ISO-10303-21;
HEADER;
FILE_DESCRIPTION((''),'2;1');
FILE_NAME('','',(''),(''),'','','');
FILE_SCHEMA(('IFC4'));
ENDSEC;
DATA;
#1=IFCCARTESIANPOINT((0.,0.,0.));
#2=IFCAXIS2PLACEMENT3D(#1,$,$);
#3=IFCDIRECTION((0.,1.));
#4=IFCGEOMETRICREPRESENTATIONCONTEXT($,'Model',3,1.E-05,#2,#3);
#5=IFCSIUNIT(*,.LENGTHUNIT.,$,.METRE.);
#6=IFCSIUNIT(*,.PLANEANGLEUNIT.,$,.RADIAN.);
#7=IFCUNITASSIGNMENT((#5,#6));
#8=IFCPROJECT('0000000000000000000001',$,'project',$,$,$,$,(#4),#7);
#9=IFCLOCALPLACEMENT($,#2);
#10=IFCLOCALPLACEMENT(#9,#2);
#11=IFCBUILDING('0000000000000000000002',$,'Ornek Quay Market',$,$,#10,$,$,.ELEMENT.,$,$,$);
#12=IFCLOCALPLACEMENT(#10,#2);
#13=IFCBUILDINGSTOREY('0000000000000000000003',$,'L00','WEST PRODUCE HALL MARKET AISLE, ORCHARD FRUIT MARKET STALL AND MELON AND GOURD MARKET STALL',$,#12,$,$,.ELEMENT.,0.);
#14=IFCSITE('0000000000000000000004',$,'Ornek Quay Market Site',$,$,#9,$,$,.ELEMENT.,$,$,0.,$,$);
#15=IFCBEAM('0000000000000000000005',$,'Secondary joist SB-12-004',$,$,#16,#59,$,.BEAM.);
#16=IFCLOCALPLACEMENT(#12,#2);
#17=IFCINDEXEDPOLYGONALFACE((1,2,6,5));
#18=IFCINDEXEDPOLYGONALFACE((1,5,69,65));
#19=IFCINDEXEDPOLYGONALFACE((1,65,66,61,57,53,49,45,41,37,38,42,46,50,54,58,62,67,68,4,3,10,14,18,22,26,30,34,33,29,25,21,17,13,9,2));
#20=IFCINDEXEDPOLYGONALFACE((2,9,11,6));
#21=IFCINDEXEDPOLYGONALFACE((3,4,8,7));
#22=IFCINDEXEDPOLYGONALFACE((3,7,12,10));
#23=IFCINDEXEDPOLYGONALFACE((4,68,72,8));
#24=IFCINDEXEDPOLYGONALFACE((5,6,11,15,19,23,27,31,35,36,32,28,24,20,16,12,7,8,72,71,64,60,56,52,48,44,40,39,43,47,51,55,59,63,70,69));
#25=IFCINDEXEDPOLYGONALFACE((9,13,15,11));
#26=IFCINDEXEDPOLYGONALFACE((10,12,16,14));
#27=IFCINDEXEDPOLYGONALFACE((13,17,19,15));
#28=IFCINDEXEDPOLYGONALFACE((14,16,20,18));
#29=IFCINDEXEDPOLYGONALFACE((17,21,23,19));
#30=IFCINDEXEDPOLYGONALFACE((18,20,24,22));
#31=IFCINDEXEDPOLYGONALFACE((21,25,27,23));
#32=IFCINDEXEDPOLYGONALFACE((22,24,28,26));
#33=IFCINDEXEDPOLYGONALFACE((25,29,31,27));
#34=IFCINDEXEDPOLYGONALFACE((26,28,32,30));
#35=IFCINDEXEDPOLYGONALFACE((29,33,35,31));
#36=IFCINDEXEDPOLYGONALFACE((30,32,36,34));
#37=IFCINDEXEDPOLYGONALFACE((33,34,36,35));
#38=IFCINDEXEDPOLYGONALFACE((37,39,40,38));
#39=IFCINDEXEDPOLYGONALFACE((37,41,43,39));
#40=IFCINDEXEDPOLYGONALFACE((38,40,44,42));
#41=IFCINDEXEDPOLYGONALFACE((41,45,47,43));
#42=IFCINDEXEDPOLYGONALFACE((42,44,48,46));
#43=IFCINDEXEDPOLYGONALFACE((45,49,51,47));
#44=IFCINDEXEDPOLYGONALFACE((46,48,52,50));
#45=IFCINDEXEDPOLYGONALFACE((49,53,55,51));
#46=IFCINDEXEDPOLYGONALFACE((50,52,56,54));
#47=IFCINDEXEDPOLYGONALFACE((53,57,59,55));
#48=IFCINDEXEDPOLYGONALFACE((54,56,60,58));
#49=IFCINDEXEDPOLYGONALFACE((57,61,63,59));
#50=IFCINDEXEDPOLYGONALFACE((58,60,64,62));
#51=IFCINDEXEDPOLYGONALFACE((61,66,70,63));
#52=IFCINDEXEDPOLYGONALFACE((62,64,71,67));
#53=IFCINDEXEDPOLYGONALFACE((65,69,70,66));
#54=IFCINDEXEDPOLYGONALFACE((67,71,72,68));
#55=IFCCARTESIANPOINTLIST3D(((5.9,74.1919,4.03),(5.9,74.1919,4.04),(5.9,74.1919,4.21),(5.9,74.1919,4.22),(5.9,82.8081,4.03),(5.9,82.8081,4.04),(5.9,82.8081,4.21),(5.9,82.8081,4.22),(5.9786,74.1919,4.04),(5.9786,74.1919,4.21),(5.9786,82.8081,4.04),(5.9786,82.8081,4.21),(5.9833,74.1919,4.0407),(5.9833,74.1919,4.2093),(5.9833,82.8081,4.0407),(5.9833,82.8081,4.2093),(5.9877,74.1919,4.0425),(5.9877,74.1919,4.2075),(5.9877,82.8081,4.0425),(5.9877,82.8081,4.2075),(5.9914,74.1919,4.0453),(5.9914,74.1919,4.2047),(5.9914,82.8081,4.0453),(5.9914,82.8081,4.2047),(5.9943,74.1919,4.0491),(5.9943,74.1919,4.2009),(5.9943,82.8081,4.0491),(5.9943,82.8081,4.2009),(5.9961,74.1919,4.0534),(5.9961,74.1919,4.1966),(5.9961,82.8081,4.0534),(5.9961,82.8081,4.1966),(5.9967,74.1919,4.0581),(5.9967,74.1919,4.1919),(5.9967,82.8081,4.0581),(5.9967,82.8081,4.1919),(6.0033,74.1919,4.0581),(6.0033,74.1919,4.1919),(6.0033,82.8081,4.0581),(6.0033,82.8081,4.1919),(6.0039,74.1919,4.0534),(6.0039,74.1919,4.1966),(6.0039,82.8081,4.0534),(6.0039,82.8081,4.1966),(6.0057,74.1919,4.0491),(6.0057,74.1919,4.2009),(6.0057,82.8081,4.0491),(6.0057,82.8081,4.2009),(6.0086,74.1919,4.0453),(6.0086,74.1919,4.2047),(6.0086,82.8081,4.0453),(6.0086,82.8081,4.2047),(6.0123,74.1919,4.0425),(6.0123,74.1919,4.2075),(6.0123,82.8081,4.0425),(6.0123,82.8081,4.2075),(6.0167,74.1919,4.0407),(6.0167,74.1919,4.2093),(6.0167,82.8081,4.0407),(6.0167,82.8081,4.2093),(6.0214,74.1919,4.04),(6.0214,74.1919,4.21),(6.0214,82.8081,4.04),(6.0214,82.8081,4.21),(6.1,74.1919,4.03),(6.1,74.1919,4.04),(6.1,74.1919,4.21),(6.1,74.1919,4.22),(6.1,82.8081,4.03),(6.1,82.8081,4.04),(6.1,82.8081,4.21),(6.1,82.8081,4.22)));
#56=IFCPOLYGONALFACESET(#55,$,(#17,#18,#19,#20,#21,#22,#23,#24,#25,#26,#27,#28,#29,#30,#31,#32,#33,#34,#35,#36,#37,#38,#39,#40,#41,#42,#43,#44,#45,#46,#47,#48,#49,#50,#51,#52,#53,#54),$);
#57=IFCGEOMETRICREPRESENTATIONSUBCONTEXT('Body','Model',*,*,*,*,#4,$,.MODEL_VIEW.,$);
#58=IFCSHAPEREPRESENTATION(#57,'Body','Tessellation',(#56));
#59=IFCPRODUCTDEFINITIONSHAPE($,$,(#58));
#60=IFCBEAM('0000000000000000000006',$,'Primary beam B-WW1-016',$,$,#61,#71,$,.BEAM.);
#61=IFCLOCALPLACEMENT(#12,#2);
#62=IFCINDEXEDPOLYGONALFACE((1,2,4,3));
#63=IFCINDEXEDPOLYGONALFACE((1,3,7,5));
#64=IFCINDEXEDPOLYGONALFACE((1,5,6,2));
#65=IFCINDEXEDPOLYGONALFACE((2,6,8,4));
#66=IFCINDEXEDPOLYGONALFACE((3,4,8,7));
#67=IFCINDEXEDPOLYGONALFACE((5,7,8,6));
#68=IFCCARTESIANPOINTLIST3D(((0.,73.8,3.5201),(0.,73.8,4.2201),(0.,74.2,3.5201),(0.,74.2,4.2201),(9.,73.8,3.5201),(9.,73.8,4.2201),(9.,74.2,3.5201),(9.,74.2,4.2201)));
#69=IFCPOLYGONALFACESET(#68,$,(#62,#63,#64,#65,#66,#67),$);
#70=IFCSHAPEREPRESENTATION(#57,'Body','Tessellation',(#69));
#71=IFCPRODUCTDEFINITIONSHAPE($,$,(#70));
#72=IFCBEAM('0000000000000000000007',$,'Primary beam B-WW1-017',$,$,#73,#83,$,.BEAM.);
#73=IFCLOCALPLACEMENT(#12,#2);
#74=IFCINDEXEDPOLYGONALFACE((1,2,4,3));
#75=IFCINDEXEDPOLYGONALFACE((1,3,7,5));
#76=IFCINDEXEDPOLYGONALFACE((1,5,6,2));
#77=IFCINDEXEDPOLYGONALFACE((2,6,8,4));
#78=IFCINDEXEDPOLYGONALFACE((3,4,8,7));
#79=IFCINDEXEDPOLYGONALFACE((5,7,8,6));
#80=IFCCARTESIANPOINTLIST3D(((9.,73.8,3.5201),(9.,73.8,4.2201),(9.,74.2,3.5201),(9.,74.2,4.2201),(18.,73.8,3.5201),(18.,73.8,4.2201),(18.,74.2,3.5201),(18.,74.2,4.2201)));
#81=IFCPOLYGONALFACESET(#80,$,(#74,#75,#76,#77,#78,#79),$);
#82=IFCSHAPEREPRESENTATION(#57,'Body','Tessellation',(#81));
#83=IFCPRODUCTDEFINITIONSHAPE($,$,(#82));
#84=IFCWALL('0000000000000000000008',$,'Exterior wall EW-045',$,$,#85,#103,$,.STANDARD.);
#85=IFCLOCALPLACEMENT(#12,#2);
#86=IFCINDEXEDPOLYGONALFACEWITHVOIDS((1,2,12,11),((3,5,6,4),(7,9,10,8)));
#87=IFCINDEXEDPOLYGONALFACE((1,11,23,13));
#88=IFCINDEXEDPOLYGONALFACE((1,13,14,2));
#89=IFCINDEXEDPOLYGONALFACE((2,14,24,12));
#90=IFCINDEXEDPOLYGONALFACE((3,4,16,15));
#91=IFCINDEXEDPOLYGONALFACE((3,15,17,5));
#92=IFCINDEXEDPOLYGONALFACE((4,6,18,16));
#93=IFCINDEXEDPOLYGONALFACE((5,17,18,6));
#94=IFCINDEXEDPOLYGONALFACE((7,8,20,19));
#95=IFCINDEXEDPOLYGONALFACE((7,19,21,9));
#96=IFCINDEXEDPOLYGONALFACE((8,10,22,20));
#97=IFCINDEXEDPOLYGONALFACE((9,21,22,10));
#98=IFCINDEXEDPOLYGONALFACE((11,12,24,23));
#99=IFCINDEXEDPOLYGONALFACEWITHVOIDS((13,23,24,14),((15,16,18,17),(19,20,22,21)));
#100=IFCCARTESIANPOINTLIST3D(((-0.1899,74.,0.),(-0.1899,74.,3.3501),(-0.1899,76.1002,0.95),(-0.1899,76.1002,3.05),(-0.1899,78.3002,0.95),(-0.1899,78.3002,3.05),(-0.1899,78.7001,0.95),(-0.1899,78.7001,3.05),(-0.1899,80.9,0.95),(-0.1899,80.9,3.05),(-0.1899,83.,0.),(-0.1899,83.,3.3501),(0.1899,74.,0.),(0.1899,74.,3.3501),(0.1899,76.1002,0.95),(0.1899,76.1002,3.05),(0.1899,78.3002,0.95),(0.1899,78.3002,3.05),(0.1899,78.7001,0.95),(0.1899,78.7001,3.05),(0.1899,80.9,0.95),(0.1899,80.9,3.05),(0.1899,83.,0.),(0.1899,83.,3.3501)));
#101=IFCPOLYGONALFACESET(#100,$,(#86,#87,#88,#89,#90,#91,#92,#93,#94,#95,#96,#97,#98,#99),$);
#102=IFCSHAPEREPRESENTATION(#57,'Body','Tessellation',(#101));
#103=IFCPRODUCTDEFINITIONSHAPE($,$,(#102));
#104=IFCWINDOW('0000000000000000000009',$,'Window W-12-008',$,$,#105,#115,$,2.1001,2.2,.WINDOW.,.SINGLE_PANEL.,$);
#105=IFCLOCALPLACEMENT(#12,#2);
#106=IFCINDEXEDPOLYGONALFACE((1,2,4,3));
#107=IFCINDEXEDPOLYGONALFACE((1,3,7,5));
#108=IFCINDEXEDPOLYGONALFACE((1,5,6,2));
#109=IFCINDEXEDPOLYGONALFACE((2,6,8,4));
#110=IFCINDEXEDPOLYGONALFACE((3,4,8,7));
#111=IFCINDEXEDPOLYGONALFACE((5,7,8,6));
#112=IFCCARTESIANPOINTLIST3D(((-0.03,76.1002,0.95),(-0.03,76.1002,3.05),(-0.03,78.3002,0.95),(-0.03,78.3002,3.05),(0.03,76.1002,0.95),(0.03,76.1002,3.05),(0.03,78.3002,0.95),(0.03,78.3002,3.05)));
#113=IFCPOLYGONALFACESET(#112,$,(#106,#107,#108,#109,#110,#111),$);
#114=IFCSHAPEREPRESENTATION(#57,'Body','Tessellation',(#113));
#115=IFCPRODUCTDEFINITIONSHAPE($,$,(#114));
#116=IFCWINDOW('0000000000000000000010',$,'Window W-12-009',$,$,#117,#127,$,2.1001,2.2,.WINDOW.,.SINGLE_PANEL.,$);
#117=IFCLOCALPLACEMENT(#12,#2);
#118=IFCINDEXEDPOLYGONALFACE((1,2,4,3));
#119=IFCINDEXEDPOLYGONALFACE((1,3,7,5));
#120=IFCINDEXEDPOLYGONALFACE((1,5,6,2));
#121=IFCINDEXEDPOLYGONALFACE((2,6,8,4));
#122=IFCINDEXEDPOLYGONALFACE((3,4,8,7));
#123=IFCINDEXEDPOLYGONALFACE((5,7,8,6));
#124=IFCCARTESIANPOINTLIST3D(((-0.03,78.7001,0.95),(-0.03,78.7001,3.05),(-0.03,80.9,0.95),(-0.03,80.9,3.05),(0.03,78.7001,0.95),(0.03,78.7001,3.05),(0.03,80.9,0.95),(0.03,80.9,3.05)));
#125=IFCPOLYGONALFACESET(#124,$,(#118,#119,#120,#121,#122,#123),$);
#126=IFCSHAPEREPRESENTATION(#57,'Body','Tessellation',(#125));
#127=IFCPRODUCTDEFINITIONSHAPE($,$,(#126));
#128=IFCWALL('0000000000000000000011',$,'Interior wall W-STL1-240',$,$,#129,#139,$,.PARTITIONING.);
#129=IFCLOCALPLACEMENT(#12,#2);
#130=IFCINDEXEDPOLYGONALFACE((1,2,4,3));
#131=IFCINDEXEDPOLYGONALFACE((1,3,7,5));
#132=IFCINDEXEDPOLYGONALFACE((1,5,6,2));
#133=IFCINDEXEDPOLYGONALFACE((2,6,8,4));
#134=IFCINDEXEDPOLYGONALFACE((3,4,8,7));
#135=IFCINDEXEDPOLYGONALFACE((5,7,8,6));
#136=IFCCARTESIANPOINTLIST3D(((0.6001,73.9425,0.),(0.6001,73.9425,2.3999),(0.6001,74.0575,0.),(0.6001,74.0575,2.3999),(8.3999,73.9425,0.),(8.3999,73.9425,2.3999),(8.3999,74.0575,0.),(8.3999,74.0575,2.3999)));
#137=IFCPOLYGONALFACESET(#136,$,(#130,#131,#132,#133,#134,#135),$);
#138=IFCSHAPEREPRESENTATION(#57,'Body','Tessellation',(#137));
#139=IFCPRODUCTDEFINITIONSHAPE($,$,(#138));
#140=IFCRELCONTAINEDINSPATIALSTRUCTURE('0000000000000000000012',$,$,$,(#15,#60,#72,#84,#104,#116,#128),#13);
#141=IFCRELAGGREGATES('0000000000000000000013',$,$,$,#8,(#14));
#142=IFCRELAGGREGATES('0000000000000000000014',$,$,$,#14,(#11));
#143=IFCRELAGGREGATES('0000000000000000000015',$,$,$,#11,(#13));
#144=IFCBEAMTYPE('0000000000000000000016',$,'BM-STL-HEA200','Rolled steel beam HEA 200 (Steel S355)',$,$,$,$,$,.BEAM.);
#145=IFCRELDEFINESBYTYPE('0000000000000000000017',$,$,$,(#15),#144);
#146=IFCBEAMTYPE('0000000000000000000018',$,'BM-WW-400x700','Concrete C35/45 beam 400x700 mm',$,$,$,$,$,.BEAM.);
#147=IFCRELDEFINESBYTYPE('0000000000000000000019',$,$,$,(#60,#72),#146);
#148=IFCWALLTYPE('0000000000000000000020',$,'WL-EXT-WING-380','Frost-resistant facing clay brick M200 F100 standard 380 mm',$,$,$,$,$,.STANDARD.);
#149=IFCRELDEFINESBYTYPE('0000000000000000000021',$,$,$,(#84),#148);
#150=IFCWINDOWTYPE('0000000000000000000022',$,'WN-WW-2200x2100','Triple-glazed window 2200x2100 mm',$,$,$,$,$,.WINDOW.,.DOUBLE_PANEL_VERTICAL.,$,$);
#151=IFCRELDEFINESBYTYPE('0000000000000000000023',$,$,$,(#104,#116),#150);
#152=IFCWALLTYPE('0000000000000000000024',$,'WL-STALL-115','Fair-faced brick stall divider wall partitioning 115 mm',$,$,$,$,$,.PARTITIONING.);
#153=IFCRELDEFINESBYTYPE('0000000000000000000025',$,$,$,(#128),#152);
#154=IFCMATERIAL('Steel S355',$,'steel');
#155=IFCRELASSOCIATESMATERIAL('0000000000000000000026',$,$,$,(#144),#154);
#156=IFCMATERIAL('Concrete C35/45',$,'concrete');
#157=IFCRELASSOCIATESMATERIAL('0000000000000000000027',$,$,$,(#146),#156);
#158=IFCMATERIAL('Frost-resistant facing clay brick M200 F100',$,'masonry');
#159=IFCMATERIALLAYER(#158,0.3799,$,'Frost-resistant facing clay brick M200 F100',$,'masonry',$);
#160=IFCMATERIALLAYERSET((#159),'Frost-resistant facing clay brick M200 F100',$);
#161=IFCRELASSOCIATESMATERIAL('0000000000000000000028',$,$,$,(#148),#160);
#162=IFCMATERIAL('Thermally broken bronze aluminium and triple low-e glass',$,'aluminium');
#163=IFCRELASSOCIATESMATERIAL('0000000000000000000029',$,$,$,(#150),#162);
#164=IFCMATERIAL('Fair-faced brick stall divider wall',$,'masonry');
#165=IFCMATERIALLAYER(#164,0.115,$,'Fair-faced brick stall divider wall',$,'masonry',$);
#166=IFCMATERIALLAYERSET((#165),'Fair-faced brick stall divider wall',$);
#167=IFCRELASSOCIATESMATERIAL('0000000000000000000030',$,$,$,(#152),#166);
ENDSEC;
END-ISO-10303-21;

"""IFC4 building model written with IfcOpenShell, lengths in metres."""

from ifc_helpers import new_model, si_unit, direction, frame, frame_2d, origin, origin_2d, place, context, subcontext, project, spatial, rectangle, i_section, extrude, material, layer, layer_set, material_profile, profile_set, type_object, element, fill, save


model = new_model("IFC4")

# Units and contexts
model_context = context("Model", 3, precision=1e-05, world=origin(), true_north=direction((0.0, 1.0)))
body_context = subcontext(model_context, "Body", "Model", "MODEL_VIEW")
ifc_project = project(units=[si_unit("LENGTHUNIT", "METRE"), si_unit("PLANEANGLEUNIT", "RADIAN")], contexts=[model_context])

# Site, building, storey
site_placement = place(None, origin())
site = spatial("IfcSite", under=ifc_project, at=site_placement, Name="Ornek Quay Market Site", CompositionType="ELEMENT", RefElevation=0.0)
building_placement = place(site_placement, origin())
building = spatial("IfcBuilding", under=site, at=building_placement, Name="Ornek Quay Market", CompositionType="ELEMENT")
storey_placement = place(building_placement, origin())
storey = spatial("IfcBuildingStorey", under=building, at=storey_placement, Name="L00", Description="WEST PRODUCE HALL MARKET AISLE, ORCHARD FRUIT MARKET STALL AND MELON AND GOURD MARKET STALL", CompositionType="ELEMENT", Elevation=0.0)

# Shared definitions
ifc_material_1 = material(Name="Concrete C35/45", Category="concrete")

# Beams
ifc_material_2 = material(Name="Steel S355", Category="steel")
ifc_material_profile_1 = material_profile(ifc_material_2, i_section(OverallWidth=0.2, OverallDepth=0.1899, WebThickness=0.0066, FlangeThickness=0.01, FilletRadius=0.0181, at=origin_2d()), Name="HEA 200", Category="steel")
ifc_profile_set_1 = profile_set([ifc_material_profile_1], Name="Steel S355")
beam_type_1 = type_object("IfcBeamType", Name="BM-STL-HEA200", Description="Rolled steel beam HEA 200 (Steel S355)", PredefinedType="BEAM", material=ifc_profile_set_1)
for number, where, z_axis, x_axis, name in (
    (1, (6.0, 74.1919, 4.125), (0.0, 1.0, 0.0), (-1.0, 0.0, 0.0), "Secondary joist SB-12-004"),
):
    element("IfcBeam", number, at=place(storey_placement, frame(where, z_axis=z_axis, x_axis=x_axis)), inside=storey, type_object=beam_type_1, Name=name, PredefinedType="BEAM", context=body_context, shape_type="SweptSolid", body=[
        extrude(i_section(OverallWidth=0.2, OverallDepth=0.1899, WebThickness=0.0066, FlangeThickness=0.01, FilletRadius=0.0181, at=origin_2d()), origin(), (0.0, 0.0, 1.0), 8.6162),
    ])
ifc_material_profile_2 = material_profile(ifc_material_1, rectangle(XDim=0.3999, YDim=0.7, at=origin_2d()), Name="RC 400x700", Category="concrete")
ifc_profile_set_2 = profile_set([ifc_material_profile_2], Name="Concrete C35/45")
beam_type_2 = type_object("IfcBeamType", Name="BM-WW-400x700", Description="Concrete C35/45 beam 400x700 mm", PredefinedType="BEAM", material=ifc_profile_set_2)
for number, where, z_axis, x_axis, name in (
    (2, (0.0, 74.0, 3.8701), (1.0, 0.0, 0.0), (0.0, 1.0, 0.0), "Primary beam B-WW1-016"),
    (3, (9.0, 74.0, 3.8701), (1.0, 0.0, 0.0), (0.0, 1.0, 0.0), "Primary beam B-WW1-017"),
):
    element("IfcBeam", number, at=place(storey_placement, frame(where, z_axis=z_axis, x_axis=x_axis)), inside=storey, type_object=beam_type_2, Name=name, PredefinedType="BEAM", context=body_context, shape_type="SweptSolid", body=[
        extrude(rectangle(XDim=0.3999, YDim=0.7, at=origin_2d()), origin(), (0.0, 0.0, 1.0), 9.0),
    ])

# Wall, openings, windows
ifc_material_3 = material(Name="Frost-resistant facing clay brick M200 F100", Category="masonry")
ifc_layer_1 = layer(ifc_material_3, 0.3799, Name="Frost-resistant facing clay brick M200 F100", Category="masonry")
ifc_layer_set_1 = layer_set([ifc_layer_1], Name="Frost-resistant facing clay brick M200 F100")
wall_type_1 = type_object("IfcWallType", Name="WL-EXT-WING-380", Description="Frost-resistant facing clay brick M200 F100 standard 380 mm", PredefinedType="STANDARD", material=ifc_layer_set_1)
wall_1_placement = place(storey_placement, frame((0.0, 74.0, 0.0), z_axis=(0.0, 0.0, 1.0), x_axis=(0.0, 1.0, 0.0)))
wall_1 = element("IfcWall", 4, at=wall_1_placement, inside=storey, type_object=wall_type_1, Name="Exterior wall EW-045", PredefinedType="STANDARD", context=body_context, shape_type="SweptSolid", body=[
    extrude(rectangle(XDim=9.0, YDim=0.3799, at=frame_2d((4.5, 0.0))), origin(), (0.0, 0.0, 1.0), 3.3501),
])
opening_1_placement = place(wall_1_placement, frame((2.1001, 0.0, 0.95)))
opening_1 = element("IfcOpeningElement", 5, at=opening_1_placement, cuts=wall_1, PredefinedType="OPENING", context=body_context, shape_type="SweptSolid", body=[
    extrude(rectangle(XDim=2.2, YDim=2.1001, at=frame_2d((1.1001, 1.05))), frame((0.0, 0.2, 0.0), z_axis=(0.0, -1.0, 0.0), x_axis=(1.0, 0.0, 0.0)), (0.0, 0.0, 1.0), 0.3999),
])
opening_2_placement = place(wall_1_placement, frame((4.7, 0.0, 0.95)))
opening_2 = element("IfcOpeningElement", 6, at=opening_2_placement, cuts=wall_1, PredefinedType="OPENING", context=body_context, shape_type="SweptSolid", body=[
    extrude(rectangle(XDim=2.2, YDim=2.1001, at=frame_2d((1.1001, 1.05))), frame((0.0, 0.2, 0.0), z_axis=(0.0, -1.0, 0.0), x_axis=(1.0, 0.0, 0.0)), (0.0, 0.0, 1.0), 0.3999),
])
ifc_material_4 = material(Name="Thermally broken bronze aluminium and triple low-e glass", Category="aluminium")
window_type = type_object("IfcWindowType", Name="WN-WW-2200x2100", Description="Triple-glazed window 2200x2100 mm", PartitioningType="DOUBLE_PANEL_VERTICAL", PredefinedType="WINDOW", material=ifc_material_4)
window_1_placement = place(opening_1_placement, origin())
window_1 = element("IfcWindow", 7, at=window_1_placement, inside=storey, type_object=window_type, Name="Window W-12-008", OverallHeight=2.1001, OverallWidth=2.2, PartitioningType="SINGLE_PANEL", PredefinedType="WINDOW", context=body_context, shape_type="SweptSolid", body=[
    extrude(rectangle(XDim=2.2, YDim=2.1001, at=frame_2d((1.1001, 1.05))), frame((0.0, 0.03, 0.0), z_axis=(0.0, -1.0, 0.0), x_axis=(1.0, 0.0, 0.0)), (0.0, 0.0, 1.0), 0.0601),
])
fill(opening_1, window_1)
window_2_placement = place(opening_2_placement, origin())
window_2 = element("IfcWindow", 8, at=window_2_placement, inside=storey, type_object=window_type, Name="Window W-12-009", OverallHeight=2.1001, OverallWidth=2.2, PartitioningType="SINGLE_PANEL", PredefinedType="WINDOW", context=body_context, shape_type="SweptSolid", body=[
    extrude(rectangle(XDim=2.2, YDim=2.1001, at=frame_2d((1.1001, 1.05))), frame((0.0, 0.03, 0.0), z_axis=(0.0, -1.0, 0.0), x_axis=(1.0, 0.0, 0.0)), (0.0, 0.0, 1.0), 0.0601),
])
fill(opening_2, window_2)

# Wall
ifc_material_5 = material(Name="Fair-faced brick stall divider wall", Category="masonry")
ifc_layer_2 = layer(ifc_material_5, 0.115, Name="Fair-faced brick stall divider wall", Category="masonry")
ifc_layer_set_2 = layer_set([ifc_layer_2], Name="Fair-faced brick stall divider wall")
wall_type_2 = type_object("IfcWallType", Name="WL-STALL-115", Description="Fair-faced brick stall divider wall partitioning 115 mm", PredefinedType="PARTITIONING", material=ifc_layer_set_2)
wall_2_placement = place(storey_placement, frame((0.6001, 74.0, 0.0), z_axis=(0.0, 0.0, 1.0), x_axis=(1.0, 0.0, 0.0)))
element("IfcWall", 9, at=wall_2_placement, inside=storey, type_object=wall_type_2, Name="Interior wall W-STL1-240", PredefinedType="PARTITIONING", context=body_context, shape_type="SweptSolid", body=[
    extrude(rectangle(XDim=7.7998, YDim=0.115, at=frame_2d((3.8999, 0.0))), origin(), (0.0, 0.0, 1.0), 2.3999),
])

save(model, "model.ifc")
